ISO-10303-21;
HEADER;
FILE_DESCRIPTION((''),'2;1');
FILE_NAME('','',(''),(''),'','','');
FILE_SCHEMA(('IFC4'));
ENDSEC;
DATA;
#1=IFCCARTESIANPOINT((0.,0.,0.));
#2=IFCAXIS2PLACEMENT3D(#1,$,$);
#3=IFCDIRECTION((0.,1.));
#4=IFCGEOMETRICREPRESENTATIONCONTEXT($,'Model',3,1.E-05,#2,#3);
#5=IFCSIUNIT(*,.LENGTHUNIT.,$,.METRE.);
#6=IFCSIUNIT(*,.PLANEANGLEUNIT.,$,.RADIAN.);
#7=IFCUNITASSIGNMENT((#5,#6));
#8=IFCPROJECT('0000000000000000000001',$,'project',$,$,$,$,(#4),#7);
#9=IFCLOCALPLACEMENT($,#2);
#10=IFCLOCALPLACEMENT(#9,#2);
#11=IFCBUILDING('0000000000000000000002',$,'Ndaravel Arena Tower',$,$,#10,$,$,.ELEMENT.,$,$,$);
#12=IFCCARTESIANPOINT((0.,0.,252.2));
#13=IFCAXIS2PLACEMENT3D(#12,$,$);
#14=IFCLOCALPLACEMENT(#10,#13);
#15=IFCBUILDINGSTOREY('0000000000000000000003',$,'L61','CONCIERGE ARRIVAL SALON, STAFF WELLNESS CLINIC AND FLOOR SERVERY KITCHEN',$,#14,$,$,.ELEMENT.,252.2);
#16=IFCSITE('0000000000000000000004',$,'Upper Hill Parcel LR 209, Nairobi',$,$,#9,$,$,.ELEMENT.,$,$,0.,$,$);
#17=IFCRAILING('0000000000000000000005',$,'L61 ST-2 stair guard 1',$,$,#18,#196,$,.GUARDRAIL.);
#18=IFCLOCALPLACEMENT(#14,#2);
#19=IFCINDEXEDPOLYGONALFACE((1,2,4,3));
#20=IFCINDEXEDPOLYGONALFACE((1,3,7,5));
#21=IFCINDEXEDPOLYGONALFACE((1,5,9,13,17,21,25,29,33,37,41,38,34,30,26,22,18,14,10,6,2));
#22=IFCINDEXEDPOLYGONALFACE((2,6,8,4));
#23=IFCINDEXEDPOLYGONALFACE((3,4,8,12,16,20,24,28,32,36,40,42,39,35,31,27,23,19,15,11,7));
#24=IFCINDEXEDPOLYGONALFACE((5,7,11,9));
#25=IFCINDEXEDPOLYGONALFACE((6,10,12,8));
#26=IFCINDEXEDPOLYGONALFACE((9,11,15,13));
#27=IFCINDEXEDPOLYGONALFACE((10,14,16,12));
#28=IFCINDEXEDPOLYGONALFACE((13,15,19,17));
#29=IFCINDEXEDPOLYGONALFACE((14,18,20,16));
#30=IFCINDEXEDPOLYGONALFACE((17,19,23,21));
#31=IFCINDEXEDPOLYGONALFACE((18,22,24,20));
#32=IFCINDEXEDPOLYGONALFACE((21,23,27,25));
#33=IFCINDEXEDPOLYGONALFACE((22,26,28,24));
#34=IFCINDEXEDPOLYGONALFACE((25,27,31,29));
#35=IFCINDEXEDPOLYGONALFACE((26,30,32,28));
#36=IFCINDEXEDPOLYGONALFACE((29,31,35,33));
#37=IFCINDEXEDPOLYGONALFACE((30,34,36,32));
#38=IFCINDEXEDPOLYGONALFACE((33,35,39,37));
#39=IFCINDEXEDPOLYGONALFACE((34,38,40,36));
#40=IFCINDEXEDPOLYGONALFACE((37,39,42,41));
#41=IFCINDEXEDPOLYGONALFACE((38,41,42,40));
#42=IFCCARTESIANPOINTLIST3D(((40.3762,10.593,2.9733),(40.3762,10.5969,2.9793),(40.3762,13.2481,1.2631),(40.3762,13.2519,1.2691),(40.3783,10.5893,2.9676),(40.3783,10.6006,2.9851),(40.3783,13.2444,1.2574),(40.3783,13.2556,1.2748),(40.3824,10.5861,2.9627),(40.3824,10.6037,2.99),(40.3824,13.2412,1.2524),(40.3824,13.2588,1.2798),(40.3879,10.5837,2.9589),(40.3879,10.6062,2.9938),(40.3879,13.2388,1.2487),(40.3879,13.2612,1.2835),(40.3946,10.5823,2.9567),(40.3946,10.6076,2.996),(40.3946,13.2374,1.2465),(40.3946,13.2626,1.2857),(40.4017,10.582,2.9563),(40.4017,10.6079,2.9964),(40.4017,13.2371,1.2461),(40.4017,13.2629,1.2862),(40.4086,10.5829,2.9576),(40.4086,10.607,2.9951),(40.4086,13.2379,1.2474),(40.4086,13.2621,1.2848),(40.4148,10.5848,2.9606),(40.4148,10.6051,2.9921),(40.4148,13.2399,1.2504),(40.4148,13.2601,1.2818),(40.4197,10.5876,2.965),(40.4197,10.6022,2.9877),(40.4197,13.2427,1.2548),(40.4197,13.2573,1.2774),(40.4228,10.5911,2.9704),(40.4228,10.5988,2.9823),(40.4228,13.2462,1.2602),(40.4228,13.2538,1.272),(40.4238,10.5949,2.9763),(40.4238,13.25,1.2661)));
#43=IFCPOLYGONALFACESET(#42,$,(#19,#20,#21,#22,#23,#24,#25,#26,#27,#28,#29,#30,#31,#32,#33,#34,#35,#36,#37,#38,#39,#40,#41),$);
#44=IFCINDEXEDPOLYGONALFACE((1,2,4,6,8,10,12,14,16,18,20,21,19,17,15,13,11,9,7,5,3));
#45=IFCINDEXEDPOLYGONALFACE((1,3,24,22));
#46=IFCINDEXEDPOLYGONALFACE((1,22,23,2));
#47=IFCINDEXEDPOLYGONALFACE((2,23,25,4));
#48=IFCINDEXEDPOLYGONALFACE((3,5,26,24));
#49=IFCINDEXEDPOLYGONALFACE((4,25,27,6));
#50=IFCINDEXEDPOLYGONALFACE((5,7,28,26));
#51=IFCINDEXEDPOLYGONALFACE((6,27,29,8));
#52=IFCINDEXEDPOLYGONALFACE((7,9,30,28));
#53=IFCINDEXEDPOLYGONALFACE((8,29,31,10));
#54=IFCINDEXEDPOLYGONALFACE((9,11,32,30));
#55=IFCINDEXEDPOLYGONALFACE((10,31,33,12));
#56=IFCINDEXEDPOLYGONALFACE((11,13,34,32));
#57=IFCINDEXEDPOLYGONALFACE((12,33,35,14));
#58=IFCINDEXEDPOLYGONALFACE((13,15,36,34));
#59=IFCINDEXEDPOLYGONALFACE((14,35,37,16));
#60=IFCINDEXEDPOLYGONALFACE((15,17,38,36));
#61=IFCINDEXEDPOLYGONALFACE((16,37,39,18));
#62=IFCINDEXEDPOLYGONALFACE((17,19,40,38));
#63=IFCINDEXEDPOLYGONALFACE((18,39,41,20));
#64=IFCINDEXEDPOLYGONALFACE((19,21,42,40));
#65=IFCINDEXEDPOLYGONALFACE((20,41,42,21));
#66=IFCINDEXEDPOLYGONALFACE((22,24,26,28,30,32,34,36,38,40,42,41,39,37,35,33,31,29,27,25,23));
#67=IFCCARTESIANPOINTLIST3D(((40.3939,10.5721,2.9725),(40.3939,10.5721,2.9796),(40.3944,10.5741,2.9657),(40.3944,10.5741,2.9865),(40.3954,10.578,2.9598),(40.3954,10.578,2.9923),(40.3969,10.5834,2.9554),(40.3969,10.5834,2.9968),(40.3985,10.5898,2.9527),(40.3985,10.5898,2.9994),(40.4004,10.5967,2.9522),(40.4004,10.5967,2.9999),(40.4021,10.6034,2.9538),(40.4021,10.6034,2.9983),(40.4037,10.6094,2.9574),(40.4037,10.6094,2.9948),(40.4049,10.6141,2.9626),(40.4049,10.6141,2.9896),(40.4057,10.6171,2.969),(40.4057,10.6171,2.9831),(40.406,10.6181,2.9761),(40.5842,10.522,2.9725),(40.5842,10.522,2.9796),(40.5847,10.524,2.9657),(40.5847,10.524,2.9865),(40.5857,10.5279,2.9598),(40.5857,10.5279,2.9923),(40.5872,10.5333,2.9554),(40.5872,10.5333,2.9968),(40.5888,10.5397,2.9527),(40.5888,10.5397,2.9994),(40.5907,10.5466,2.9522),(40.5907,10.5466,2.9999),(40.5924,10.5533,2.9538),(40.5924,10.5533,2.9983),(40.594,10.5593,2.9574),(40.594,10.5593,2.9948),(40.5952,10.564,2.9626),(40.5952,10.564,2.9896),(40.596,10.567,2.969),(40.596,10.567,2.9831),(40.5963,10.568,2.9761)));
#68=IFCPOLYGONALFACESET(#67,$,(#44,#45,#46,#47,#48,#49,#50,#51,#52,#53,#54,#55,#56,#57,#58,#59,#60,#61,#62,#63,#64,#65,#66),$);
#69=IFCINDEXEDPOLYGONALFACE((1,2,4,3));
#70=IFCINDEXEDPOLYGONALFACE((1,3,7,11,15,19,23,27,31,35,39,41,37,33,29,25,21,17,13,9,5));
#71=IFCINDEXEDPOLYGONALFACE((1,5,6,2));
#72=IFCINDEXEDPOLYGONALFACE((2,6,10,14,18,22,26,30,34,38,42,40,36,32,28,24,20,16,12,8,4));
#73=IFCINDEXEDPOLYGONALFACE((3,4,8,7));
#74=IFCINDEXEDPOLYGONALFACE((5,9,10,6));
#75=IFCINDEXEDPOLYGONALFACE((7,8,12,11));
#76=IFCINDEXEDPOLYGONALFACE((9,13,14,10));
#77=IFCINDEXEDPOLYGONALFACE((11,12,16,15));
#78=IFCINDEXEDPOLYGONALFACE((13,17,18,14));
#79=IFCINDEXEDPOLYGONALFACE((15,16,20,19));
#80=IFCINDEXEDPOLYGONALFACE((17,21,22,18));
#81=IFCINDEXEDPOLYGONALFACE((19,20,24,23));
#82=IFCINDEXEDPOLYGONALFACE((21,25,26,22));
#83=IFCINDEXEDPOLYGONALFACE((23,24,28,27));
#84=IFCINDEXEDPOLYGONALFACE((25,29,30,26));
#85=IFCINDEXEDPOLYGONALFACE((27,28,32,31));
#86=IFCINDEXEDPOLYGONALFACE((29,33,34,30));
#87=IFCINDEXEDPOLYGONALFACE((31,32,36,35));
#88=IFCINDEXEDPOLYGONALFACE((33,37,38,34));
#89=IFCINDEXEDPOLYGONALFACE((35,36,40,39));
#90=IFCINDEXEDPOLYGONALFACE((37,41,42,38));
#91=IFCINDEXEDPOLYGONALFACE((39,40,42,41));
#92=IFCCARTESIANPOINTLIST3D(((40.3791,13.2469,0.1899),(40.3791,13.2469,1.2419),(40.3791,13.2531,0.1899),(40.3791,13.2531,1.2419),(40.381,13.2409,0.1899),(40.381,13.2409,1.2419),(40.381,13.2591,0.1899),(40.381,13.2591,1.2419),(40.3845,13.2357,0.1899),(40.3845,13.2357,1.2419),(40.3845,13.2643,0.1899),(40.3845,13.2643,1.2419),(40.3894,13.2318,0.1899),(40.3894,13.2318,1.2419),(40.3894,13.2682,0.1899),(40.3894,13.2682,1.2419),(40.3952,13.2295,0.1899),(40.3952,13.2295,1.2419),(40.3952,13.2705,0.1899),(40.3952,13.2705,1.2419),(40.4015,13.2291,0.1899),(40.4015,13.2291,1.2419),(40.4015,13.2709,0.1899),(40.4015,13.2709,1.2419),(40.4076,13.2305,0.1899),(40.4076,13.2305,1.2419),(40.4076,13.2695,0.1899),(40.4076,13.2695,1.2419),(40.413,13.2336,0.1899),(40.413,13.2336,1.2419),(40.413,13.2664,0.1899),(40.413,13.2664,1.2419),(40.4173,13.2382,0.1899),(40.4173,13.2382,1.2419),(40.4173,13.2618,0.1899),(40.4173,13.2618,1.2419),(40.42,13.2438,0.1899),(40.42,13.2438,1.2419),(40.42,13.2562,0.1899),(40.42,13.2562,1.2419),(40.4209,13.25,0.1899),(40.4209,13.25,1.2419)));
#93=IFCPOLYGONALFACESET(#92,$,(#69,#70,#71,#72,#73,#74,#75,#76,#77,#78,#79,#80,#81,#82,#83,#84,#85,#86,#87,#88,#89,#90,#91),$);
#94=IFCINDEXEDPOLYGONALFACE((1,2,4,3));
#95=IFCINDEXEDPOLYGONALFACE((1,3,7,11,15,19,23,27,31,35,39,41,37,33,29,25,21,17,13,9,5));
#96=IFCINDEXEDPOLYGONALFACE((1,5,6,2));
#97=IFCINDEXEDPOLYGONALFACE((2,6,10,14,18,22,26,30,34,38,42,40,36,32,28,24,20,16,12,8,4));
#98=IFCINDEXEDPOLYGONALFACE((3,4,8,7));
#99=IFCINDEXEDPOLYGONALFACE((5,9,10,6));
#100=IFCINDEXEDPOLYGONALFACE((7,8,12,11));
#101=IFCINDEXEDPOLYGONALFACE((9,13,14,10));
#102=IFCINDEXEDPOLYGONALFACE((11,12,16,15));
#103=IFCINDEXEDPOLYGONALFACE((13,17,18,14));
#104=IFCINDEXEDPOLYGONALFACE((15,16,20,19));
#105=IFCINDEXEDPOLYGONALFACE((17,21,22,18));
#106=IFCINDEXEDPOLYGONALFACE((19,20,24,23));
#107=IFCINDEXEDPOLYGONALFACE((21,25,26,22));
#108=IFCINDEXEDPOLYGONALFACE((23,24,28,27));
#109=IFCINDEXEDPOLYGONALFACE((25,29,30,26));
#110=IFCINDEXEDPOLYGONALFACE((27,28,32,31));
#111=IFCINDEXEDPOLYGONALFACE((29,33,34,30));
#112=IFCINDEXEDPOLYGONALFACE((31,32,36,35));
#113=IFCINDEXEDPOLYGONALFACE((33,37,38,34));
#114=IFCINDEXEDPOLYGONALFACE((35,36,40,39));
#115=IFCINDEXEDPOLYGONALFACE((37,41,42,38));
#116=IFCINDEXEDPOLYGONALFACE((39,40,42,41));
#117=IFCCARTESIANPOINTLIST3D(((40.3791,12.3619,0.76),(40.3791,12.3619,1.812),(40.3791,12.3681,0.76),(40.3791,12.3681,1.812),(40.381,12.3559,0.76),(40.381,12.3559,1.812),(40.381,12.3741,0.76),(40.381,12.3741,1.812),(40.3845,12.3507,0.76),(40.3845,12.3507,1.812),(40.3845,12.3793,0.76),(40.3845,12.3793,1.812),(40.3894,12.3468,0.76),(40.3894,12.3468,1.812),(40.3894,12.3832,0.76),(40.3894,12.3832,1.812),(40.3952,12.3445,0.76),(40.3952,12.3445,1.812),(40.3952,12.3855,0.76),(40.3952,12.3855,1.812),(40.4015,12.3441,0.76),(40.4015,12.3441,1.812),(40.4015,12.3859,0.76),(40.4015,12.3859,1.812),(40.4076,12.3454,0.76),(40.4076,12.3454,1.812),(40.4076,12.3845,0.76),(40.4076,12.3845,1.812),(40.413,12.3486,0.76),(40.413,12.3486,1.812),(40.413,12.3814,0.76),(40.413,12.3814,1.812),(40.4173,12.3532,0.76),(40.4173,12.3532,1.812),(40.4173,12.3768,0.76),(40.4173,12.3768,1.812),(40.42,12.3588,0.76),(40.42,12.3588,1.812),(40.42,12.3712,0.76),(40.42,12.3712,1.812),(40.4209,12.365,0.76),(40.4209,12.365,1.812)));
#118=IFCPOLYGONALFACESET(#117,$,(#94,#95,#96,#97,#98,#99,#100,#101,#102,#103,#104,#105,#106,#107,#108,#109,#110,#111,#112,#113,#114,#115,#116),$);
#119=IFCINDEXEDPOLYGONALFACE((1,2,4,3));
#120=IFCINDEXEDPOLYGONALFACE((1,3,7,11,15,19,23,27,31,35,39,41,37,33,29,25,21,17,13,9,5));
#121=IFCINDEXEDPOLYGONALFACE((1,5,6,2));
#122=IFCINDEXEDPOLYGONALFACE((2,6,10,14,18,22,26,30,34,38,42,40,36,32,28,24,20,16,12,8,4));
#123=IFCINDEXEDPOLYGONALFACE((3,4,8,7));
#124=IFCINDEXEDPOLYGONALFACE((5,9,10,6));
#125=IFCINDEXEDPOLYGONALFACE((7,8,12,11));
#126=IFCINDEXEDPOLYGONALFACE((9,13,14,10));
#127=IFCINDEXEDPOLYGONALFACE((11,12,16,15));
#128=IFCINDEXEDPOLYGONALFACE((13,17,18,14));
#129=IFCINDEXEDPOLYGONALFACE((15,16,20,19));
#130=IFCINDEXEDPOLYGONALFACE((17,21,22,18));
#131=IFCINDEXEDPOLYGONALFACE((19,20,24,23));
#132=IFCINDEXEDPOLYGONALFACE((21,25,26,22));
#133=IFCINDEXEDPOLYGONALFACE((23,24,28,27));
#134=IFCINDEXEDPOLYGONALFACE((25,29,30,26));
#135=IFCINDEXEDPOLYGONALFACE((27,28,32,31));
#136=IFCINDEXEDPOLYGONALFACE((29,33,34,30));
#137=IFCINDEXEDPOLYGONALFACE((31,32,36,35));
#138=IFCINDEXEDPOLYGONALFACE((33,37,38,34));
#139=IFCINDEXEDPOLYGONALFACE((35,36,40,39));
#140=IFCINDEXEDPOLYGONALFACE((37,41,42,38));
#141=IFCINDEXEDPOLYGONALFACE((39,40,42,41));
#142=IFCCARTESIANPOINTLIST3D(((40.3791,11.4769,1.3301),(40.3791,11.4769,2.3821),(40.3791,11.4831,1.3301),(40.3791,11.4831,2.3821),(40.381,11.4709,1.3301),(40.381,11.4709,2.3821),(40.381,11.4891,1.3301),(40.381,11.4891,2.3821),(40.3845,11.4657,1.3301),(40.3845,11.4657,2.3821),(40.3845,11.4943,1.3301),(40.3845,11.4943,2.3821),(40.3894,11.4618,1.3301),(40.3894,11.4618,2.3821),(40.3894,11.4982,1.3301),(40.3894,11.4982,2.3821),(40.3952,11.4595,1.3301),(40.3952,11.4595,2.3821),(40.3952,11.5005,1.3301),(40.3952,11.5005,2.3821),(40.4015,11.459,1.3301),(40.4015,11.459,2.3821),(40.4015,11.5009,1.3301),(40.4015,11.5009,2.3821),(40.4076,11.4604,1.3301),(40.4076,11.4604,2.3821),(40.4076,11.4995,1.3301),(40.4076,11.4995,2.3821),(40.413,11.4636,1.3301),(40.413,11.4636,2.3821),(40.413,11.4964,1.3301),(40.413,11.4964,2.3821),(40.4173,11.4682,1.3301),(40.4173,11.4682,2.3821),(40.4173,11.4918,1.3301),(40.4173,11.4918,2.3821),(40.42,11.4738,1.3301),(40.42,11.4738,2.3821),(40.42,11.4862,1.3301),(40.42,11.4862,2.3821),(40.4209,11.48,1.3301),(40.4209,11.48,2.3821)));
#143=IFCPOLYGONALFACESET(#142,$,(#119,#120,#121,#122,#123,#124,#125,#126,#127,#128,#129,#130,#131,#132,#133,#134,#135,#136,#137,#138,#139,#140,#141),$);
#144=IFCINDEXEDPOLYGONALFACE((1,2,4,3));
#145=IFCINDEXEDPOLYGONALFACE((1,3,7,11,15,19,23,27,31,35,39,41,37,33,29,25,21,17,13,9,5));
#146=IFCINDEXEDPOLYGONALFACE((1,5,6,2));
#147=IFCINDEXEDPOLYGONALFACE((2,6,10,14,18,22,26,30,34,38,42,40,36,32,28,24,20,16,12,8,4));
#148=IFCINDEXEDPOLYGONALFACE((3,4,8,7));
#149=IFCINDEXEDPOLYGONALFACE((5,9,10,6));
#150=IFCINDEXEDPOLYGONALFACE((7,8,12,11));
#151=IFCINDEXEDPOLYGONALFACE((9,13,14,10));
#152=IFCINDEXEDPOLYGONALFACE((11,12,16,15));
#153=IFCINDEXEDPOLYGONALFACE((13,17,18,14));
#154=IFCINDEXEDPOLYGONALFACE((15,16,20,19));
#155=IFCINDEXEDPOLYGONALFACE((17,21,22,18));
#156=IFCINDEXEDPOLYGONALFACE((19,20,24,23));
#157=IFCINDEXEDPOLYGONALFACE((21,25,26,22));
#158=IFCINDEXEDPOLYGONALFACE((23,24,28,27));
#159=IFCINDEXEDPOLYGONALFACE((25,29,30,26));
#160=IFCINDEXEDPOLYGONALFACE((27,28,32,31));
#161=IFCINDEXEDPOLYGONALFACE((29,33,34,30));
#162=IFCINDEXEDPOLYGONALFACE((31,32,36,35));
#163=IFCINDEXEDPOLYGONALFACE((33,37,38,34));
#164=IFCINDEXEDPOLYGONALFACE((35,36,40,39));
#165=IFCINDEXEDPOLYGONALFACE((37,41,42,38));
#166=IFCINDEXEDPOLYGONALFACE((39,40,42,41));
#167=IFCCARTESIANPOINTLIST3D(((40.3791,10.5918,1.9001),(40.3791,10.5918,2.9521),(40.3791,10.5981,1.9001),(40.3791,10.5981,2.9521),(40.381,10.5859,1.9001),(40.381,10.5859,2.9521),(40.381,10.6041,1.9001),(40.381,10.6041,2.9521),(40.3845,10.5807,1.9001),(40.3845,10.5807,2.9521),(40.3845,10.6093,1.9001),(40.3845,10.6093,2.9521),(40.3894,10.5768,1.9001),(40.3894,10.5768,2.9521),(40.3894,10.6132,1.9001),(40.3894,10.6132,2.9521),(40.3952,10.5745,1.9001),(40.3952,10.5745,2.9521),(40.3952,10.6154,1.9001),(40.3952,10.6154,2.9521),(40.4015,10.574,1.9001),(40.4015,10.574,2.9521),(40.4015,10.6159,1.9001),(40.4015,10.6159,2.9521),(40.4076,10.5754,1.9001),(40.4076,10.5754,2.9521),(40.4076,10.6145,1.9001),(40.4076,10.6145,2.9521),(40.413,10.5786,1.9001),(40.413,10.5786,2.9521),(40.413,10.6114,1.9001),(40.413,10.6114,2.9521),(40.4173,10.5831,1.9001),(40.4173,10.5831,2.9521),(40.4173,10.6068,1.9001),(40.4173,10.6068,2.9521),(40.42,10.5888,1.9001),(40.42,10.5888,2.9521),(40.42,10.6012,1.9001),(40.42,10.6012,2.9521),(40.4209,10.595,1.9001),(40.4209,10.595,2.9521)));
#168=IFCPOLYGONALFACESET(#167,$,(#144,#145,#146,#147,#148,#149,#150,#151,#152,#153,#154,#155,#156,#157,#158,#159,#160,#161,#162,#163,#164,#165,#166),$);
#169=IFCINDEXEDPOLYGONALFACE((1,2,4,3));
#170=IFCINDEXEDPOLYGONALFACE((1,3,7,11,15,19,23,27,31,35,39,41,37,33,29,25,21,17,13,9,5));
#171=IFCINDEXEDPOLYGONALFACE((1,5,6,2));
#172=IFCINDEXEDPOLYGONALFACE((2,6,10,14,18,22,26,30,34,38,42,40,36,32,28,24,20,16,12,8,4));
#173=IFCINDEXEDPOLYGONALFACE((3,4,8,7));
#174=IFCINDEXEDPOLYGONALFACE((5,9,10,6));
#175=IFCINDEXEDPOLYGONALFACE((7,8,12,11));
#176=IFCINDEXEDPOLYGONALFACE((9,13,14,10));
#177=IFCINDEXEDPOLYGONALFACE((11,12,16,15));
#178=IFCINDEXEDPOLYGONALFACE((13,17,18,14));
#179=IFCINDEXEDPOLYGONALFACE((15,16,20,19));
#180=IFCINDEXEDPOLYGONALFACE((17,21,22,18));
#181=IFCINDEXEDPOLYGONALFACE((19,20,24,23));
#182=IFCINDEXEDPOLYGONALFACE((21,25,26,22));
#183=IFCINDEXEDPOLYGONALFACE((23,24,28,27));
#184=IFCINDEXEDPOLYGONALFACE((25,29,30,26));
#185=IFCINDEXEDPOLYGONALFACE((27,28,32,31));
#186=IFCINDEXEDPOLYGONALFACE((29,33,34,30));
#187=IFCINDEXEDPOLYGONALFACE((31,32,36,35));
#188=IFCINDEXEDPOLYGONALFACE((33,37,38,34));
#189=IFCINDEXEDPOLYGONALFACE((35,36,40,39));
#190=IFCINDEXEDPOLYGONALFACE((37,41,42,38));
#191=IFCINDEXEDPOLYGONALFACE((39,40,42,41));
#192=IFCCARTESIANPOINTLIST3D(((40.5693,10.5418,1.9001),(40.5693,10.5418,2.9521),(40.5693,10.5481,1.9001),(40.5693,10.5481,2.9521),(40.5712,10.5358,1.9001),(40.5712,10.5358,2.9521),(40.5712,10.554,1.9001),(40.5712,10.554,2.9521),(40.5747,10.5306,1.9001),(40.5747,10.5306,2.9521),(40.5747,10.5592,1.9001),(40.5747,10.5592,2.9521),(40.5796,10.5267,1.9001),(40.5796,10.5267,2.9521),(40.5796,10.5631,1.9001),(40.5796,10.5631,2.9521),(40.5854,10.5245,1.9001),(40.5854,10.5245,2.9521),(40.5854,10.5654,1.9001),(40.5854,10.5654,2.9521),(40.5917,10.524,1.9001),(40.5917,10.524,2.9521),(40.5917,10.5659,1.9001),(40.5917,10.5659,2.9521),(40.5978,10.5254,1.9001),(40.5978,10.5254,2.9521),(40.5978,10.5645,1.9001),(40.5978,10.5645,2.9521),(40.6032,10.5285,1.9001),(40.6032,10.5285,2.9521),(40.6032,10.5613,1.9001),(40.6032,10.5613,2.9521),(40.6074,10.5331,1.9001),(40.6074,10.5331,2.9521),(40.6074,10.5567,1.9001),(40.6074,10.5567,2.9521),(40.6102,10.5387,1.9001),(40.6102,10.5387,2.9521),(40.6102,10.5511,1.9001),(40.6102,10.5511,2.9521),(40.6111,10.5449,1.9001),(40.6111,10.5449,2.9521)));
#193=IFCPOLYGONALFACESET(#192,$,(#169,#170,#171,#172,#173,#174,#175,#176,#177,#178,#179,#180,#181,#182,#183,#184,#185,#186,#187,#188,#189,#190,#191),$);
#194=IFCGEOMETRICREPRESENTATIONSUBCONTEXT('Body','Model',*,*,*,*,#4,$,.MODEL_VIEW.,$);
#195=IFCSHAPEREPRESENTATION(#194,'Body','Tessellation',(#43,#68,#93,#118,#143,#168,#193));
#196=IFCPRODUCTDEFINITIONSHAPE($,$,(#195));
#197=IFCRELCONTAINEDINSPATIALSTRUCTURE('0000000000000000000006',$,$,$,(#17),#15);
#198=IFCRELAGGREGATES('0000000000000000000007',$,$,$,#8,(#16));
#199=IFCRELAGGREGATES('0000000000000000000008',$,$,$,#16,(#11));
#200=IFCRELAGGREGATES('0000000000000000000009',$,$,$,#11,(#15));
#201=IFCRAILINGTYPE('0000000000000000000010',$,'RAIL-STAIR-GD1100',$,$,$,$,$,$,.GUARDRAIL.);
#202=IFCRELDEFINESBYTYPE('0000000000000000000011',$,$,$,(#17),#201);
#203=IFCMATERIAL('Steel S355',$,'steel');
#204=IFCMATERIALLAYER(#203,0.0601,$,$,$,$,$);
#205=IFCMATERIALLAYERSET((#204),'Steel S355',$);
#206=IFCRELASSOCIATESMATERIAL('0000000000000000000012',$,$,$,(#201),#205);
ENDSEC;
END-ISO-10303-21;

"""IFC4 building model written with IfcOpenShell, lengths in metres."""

from ifc_helpers import new_model, si_unit, direction, frame, origin, origin_2d, place, context, subcontext, project, spatial, circle, extrude, material, layer, layer_set, type_object, element, save


model = new_model("IFC4")

# Units and contexts
model_context = context("Model", 3, precision=1e-05, world=origin(), true_north=direction((0.0, 1.0)))
body_context = subcontext(model_context, "Body", "Model", "MODEL_VIEW")
ifc_project = project(units=[si_unit("LENGTHUNIT", "METRE"), si_unit("PLANEANGLEUNIT", "RADIAN")], contexts=[model_context])

# Site, building, storey
site_placement = place(None, origin())
site = spatial("IfcSite", under=ifc_project, at=site_placement, Name="Upper Hill Parcel LR 209, Nairobi", CompositionType="ELEMENT", RefElevation=0.0)
building_placement = place(site_placement, origin())
building = spatial("IfcBuilding", under=site, at=building_placement, Name="Ndaravel Arena Tower", CompositionType="ELEMENT")
storey_placement = place(building_placement, frame((0.0, 0.0, 252.2)))
storey = spatial("IfcBuildingStorey", under=building, at=storey_placement, Name="L61", Description="CONCIERGE ARRIVAL SALON, STAFF WELLNESS CLINIC AND FLOOR SERVERY KITCHEN", CompositionType="ELEMENT", Elevation=252.2)

# Railing
ifc_material_1 = material(Name="Steel S355", Category="steel")
ifc_layer_1 = layer(ifc_material_1, 0.0601)
ifc_layer_set_1 = layer_set([ifc_layer_1], Name="Steel S355")
railing_type_1 = type_object("IfcRailingType", Name="RAIL-STAIR-GD1100", PredefinedType="GUARDRAIL", material=ifc_layer_set_1)
railing_1_placement = place(storey_placement, frame((40.3999, 13.25, 0.1899)))
element("IfcRailing", 1, at=railing_1_placement, inside=storey, type_object=railing_type_1, Name="L61 ST-2 stair guard 1", PredefinedType="GUARDRAIL", context=body_context, shape_type="SweptSolid", body=[
    extrude(circle(Radius=0.0239, at=origin_2d()), frame((0.0, 0.0, 1.0762), z_axis=(0.0, -0.840688, 0.541519), x_axis=(1.0, 0.0, 0.0)), (0.0, 0.0, 1.0), 3.1582),
    extrude(circle(Radius=0.0239, at=origin_2d()), frame((0.0, -2.655, 2.7861), z_axis=(0.967075, -0.254493, 0.0), x_axis=(0.254493, 0.967075, 0.0)), (0.0, 0.0, 1.0), 0.1968),
    extrude(circle(Radius=0.021, at=origin_2d()), origin(), (0.0, 0.0, 1.0), 1.052),
    extrude(circle(Radius=0.021, at=origin_2d()), frame((0.0, -0.885, 0.5701)), (0.0, 0.0, 1.0), 1.052),
    extrude(circle(Radius=0.021, at=origin_2d()), frame((0.0, -1.77, 1.1401)), (0.0, 0.0, 1.0), 1.052),
    extrude(circle(Radius=0.021, at=origin_2d()), frame((0.0, -2.655, 1.7102)), (0.0, 0.0, 1.0), 1.052),
    extrude(circle(Radius=0.021, at=origin_2d()), frame((0.1902, -2.7051, 1.7102)), (0.0, 0.0, 1.0), 1.052),
])

save(model, "model.ifc")
